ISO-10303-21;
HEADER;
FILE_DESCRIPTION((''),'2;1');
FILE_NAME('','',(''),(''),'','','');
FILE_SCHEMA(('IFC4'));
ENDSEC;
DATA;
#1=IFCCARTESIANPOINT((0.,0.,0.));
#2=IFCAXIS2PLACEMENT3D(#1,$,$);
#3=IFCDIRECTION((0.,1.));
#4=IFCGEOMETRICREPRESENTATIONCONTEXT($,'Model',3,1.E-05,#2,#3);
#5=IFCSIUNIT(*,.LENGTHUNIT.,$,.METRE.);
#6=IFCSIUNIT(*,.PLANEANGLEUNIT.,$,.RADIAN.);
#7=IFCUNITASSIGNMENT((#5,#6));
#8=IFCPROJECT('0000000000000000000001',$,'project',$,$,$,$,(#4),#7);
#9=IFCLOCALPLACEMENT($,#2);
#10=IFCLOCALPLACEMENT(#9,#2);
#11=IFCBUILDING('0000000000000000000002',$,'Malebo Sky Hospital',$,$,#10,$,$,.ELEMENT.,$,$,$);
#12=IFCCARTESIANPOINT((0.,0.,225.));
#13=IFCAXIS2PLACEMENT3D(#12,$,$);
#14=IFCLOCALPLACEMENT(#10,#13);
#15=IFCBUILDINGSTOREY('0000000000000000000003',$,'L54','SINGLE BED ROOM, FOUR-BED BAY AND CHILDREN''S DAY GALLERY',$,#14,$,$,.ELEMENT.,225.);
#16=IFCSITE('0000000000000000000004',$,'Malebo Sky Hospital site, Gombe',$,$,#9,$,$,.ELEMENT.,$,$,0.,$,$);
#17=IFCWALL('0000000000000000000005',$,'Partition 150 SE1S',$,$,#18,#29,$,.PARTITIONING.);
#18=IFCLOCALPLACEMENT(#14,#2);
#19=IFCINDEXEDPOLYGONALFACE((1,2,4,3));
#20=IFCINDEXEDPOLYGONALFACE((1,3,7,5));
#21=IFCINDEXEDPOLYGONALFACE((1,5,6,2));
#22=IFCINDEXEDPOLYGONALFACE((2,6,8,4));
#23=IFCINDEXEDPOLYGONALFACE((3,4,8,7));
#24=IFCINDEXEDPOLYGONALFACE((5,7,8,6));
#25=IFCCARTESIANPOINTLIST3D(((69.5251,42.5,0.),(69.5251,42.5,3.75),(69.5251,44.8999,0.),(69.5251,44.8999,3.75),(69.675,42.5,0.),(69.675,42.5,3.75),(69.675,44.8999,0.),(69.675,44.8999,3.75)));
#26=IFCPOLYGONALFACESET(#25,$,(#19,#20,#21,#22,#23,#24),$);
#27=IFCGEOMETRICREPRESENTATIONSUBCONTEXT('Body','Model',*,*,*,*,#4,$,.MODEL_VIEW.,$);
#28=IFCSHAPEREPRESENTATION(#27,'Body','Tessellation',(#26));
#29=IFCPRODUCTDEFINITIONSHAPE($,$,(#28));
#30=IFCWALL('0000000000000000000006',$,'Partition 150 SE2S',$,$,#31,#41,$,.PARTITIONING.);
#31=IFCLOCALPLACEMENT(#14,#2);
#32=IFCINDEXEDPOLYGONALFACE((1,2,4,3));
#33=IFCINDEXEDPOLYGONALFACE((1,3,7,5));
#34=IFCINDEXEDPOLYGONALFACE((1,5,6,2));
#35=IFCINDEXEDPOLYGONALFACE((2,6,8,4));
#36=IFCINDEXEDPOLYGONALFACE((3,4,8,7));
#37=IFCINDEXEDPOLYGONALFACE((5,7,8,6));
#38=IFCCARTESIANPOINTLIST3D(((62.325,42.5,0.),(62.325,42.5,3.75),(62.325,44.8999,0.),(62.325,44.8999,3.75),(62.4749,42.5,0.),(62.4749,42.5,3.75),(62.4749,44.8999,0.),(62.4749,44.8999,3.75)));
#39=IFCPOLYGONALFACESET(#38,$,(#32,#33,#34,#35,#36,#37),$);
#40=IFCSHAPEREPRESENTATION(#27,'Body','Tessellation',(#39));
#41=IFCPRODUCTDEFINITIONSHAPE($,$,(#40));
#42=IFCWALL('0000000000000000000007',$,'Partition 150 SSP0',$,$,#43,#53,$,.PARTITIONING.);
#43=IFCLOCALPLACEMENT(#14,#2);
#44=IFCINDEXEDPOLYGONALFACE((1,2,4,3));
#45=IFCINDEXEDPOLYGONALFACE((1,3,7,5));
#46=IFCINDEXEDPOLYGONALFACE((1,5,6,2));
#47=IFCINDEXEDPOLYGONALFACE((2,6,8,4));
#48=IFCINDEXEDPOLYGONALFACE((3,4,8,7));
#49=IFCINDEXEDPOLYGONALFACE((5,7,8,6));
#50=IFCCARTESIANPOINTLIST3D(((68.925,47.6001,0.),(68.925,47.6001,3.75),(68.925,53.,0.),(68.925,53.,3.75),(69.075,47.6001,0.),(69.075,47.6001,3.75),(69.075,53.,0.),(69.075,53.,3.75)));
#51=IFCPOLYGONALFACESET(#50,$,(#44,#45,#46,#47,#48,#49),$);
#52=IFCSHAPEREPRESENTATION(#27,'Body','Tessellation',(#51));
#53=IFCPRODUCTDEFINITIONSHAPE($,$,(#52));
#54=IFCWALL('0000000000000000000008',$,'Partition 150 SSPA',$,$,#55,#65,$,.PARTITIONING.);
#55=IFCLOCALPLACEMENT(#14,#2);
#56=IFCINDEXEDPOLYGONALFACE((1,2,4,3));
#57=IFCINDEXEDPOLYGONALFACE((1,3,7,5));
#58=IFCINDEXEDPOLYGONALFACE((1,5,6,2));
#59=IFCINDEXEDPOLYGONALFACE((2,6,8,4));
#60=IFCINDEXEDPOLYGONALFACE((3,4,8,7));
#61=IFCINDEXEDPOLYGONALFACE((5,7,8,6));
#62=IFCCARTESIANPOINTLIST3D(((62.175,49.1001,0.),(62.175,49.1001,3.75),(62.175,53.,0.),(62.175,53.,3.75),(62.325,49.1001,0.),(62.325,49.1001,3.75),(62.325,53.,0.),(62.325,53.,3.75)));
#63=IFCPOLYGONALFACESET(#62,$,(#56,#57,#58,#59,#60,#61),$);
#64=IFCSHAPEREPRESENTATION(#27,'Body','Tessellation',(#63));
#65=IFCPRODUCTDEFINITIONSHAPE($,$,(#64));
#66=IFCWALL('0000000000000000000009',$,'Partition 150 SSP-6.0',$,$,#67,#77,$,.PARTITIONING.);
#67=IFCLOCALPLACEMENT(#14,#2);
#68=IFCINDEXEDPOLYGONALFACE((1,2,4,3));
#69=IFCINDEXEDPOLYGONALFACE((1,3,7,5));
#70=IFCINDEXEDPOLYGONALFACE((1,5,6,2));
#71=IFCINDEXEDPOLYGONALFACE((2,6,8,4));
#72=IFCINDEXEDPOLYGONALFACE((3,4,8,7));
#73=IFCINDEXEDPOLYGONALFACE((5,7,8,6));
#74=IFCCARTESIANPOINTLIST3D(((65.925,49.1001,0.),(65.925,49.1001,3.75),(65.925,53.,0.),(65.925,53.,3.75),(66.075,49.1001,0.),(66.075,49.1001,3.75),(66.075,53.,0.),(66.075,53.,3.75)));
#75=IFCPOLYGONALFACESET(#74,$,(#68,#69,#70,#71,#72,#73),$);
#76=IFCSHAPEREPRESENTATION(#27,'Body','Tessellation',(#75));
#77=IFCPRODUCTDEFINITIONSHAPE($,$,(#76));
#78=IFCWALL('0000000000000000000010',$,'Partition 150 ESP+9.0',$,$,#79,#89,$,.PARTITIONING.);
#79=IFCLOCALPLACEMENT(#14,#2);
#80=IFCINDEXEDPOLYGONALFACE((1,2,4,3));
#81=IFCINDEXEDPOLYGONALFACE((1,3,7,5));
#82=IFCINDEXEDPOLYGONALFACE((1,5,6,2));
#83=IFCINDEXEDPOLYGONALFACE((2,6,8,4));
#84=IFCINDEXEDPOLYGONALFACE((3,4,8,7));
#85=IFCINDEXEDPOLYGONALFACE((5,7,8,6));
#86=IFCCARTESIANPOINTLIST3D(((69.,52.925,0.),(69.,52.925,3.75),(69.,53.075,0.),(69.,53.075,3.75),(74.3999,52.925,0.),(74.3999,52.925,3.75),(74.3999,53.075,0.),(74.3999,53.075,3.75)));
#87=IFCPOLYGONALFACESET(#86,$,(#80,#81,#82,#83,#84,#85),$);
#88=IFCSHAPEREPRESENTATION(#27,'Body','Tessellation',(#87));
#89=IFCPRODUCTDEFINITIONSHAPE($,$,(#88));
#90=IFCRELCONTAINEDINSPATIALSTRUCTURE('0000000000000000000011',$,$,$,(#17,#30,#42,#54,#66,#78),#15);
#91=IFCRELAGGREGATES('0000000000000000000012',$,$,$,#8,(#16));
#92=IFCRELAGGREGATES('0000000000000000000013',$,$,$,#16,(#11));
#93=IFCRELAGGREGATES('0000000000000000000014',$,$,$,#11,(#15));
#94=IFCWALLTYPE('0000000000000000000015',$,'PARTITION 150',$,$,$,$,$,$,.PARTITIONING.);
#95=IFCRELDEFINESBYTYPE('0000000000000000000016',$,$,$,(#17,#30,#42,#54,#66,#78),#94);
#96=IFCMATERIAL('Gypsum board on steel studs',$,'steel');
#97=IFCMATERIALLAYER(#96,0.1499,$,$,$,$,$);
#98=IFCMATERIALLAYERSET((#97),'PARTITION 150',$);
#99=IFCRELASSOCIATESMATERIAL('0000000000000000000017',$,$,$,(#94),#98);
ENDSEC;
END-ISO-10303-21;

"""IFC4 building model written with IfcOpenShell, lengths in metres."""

from ifc_helpers import new_model, si_unit, direction, frame, frame_2d, origin, place, context, subcontext, project, spatial, rectangle, extrude, material, layer, layer_set, type_object, element, save


model = new_model("IFC4")

# Units and contexts
model_context = context("Model", 3, precision=1e-05, world=origin(), true_north=direction((0.0, 1.0)))
body_context = subcontext(model_context, "Body", "Model", "MODEL_VIEW")
ifc_project = project(units=[si_unit("LENGTHUNIT", "METRE"), si_unit("PLANEANGLEUNIT", "RADIAN")], contexts=[model_context])

# Site, building, storey
site_placement = place(None, origin())
site = spatial("IfcSite", under=ifc_project, at=site_placement, Name="Malebo Sky Hospital site, Gombe", CompositionType="ELEMENT", RefElevation=0.0)
building_placement = place(site_placement, origin())
building = spatial("IfcBuilding", under=site, at=building_placement, Name="Malebo Sky Hospital", CompositionType="ELEMENT")
storey_placement = place(building_placement, frame((0.0, 0.0, 225.0)))
storey = spatial("IfcBuildingStorey", under=building, at=storey_placement, Name="L54", Description="SINGLE BED ROOM, FOUR-BED BAY AND CHILDREN'S DAY GALLERY", CompositionType="ELEMENT", Elevation=225.0)

# Shared definitions
ifc_material_1 = material(Name="Gypsum board on steel studs", Category="steel")

# Walls
ifc_layer_1 = layer(ifc_material_1, 0.1499)
ifc_layer_set_1 = layer_set([ifc_layer_1], Name="PARTITION 150")
wall_type_1 = type_object("IfcWallType", Name="PARTITION 150", PredefinedType="PARTITIONING", material=ifc_layer_set_1)
for number, where, z_axis, x_axis, name in (
    (1, (69.6001, 44.8999, 0.0), (0.0, 0.0, 1.0), (0.0, -1.0, 0.0), "Partition 150 SE1S"),
    (2, (62.3999, 44.8999, 0.0), (0.0, 0.0, 1.0), (0.0, -1.0, 0.0), "Partition 150 SE2S"),
):
    element("IfcWall", number, at=place(storey_placement, frame(where, z_axis=z_axis, x_axis=x_axis)), inside=storey, type_object=wall_type_1, Name=name, PredefinedType="PARTITIONING", context=body_context, shape_type="SweptSolid", body=[
        extrude(rectangle(XDim=2.3999, YDim=0.1499, at=frame_2d((1.2, 0.0))), origin(), (0.0, 0.0, 1.0), 3.75),
    ])
wall_1_placement = place(storey_placement, frame((69.0, 53.0, 0.0), z_axis=(0.0, 0.0, 1.0), x_axis=(0.0, -1.0, 0.0)))
element("IfcWall", 3, at=wall_1_placement, inside=storey, type_object=wall_type_1, Name="Partition 150 SSP0", PredefinedType="PARTITIONING", context=body_context, shape_type="SweptSolid", body=[
    extrude(rectangle(XDim=5.3999, YDim=0.1499, at=frame_2d((2.7, 0.0))), origin(), (0.0, 0.0, 1.0), 3.75),
])
for number, where, z_axis, x_axis, name in (
    (4, (62.25, 53.0, 0.0), (0.0, 0.0, 1.0), (0.0, -1.0, 0.0), "Partition 150 SSPA"),
    (5, (66.0, 53.0, 0.0), (0.0, 0.0, 1.0), (0.0, -1.0, 0.0), "Partition 150 SSP-6.0"),
):
    element("IfcWall", number, at=place(storey_placement, frame(where, z_axis=z_axis, x_axis=x_axis)), inside=storey, type_object=wall_type_1, Name=name, PredefinedType="PARTITIONING", context=body_context, shape_type="SweptSolid", body=[
        extrude(rectangle(XDim=3.8999, YDim=0.1499, at=frame_2d((1.95, 0.0))), origin(), (0.0, 0.0, 1.0), 3.75),
    ])
wall_2_placement = place(storey_placement, frame((69.0, 53.0, 0.0), z_axis=(0.0, 0.0, 1.0), x_axis=(1.0, 0.0, 0.0)))
element("IfcWall", 6, at=wall_2_placement, inside=storey, type_object=wall_type_1, Name="Partition 150 ESP+9.0", PredefinedType="PARTITIONING", context=body_context, shape_type="SweptSolid", body=[
    extrude(rectangle(XDim=5.3999, YDim=0.1499, at=frame_2d((2.7, 0.0))), origin(), (0.0, 0.0, 1.0), 3.75),
])

save(model, "model.ifc")
